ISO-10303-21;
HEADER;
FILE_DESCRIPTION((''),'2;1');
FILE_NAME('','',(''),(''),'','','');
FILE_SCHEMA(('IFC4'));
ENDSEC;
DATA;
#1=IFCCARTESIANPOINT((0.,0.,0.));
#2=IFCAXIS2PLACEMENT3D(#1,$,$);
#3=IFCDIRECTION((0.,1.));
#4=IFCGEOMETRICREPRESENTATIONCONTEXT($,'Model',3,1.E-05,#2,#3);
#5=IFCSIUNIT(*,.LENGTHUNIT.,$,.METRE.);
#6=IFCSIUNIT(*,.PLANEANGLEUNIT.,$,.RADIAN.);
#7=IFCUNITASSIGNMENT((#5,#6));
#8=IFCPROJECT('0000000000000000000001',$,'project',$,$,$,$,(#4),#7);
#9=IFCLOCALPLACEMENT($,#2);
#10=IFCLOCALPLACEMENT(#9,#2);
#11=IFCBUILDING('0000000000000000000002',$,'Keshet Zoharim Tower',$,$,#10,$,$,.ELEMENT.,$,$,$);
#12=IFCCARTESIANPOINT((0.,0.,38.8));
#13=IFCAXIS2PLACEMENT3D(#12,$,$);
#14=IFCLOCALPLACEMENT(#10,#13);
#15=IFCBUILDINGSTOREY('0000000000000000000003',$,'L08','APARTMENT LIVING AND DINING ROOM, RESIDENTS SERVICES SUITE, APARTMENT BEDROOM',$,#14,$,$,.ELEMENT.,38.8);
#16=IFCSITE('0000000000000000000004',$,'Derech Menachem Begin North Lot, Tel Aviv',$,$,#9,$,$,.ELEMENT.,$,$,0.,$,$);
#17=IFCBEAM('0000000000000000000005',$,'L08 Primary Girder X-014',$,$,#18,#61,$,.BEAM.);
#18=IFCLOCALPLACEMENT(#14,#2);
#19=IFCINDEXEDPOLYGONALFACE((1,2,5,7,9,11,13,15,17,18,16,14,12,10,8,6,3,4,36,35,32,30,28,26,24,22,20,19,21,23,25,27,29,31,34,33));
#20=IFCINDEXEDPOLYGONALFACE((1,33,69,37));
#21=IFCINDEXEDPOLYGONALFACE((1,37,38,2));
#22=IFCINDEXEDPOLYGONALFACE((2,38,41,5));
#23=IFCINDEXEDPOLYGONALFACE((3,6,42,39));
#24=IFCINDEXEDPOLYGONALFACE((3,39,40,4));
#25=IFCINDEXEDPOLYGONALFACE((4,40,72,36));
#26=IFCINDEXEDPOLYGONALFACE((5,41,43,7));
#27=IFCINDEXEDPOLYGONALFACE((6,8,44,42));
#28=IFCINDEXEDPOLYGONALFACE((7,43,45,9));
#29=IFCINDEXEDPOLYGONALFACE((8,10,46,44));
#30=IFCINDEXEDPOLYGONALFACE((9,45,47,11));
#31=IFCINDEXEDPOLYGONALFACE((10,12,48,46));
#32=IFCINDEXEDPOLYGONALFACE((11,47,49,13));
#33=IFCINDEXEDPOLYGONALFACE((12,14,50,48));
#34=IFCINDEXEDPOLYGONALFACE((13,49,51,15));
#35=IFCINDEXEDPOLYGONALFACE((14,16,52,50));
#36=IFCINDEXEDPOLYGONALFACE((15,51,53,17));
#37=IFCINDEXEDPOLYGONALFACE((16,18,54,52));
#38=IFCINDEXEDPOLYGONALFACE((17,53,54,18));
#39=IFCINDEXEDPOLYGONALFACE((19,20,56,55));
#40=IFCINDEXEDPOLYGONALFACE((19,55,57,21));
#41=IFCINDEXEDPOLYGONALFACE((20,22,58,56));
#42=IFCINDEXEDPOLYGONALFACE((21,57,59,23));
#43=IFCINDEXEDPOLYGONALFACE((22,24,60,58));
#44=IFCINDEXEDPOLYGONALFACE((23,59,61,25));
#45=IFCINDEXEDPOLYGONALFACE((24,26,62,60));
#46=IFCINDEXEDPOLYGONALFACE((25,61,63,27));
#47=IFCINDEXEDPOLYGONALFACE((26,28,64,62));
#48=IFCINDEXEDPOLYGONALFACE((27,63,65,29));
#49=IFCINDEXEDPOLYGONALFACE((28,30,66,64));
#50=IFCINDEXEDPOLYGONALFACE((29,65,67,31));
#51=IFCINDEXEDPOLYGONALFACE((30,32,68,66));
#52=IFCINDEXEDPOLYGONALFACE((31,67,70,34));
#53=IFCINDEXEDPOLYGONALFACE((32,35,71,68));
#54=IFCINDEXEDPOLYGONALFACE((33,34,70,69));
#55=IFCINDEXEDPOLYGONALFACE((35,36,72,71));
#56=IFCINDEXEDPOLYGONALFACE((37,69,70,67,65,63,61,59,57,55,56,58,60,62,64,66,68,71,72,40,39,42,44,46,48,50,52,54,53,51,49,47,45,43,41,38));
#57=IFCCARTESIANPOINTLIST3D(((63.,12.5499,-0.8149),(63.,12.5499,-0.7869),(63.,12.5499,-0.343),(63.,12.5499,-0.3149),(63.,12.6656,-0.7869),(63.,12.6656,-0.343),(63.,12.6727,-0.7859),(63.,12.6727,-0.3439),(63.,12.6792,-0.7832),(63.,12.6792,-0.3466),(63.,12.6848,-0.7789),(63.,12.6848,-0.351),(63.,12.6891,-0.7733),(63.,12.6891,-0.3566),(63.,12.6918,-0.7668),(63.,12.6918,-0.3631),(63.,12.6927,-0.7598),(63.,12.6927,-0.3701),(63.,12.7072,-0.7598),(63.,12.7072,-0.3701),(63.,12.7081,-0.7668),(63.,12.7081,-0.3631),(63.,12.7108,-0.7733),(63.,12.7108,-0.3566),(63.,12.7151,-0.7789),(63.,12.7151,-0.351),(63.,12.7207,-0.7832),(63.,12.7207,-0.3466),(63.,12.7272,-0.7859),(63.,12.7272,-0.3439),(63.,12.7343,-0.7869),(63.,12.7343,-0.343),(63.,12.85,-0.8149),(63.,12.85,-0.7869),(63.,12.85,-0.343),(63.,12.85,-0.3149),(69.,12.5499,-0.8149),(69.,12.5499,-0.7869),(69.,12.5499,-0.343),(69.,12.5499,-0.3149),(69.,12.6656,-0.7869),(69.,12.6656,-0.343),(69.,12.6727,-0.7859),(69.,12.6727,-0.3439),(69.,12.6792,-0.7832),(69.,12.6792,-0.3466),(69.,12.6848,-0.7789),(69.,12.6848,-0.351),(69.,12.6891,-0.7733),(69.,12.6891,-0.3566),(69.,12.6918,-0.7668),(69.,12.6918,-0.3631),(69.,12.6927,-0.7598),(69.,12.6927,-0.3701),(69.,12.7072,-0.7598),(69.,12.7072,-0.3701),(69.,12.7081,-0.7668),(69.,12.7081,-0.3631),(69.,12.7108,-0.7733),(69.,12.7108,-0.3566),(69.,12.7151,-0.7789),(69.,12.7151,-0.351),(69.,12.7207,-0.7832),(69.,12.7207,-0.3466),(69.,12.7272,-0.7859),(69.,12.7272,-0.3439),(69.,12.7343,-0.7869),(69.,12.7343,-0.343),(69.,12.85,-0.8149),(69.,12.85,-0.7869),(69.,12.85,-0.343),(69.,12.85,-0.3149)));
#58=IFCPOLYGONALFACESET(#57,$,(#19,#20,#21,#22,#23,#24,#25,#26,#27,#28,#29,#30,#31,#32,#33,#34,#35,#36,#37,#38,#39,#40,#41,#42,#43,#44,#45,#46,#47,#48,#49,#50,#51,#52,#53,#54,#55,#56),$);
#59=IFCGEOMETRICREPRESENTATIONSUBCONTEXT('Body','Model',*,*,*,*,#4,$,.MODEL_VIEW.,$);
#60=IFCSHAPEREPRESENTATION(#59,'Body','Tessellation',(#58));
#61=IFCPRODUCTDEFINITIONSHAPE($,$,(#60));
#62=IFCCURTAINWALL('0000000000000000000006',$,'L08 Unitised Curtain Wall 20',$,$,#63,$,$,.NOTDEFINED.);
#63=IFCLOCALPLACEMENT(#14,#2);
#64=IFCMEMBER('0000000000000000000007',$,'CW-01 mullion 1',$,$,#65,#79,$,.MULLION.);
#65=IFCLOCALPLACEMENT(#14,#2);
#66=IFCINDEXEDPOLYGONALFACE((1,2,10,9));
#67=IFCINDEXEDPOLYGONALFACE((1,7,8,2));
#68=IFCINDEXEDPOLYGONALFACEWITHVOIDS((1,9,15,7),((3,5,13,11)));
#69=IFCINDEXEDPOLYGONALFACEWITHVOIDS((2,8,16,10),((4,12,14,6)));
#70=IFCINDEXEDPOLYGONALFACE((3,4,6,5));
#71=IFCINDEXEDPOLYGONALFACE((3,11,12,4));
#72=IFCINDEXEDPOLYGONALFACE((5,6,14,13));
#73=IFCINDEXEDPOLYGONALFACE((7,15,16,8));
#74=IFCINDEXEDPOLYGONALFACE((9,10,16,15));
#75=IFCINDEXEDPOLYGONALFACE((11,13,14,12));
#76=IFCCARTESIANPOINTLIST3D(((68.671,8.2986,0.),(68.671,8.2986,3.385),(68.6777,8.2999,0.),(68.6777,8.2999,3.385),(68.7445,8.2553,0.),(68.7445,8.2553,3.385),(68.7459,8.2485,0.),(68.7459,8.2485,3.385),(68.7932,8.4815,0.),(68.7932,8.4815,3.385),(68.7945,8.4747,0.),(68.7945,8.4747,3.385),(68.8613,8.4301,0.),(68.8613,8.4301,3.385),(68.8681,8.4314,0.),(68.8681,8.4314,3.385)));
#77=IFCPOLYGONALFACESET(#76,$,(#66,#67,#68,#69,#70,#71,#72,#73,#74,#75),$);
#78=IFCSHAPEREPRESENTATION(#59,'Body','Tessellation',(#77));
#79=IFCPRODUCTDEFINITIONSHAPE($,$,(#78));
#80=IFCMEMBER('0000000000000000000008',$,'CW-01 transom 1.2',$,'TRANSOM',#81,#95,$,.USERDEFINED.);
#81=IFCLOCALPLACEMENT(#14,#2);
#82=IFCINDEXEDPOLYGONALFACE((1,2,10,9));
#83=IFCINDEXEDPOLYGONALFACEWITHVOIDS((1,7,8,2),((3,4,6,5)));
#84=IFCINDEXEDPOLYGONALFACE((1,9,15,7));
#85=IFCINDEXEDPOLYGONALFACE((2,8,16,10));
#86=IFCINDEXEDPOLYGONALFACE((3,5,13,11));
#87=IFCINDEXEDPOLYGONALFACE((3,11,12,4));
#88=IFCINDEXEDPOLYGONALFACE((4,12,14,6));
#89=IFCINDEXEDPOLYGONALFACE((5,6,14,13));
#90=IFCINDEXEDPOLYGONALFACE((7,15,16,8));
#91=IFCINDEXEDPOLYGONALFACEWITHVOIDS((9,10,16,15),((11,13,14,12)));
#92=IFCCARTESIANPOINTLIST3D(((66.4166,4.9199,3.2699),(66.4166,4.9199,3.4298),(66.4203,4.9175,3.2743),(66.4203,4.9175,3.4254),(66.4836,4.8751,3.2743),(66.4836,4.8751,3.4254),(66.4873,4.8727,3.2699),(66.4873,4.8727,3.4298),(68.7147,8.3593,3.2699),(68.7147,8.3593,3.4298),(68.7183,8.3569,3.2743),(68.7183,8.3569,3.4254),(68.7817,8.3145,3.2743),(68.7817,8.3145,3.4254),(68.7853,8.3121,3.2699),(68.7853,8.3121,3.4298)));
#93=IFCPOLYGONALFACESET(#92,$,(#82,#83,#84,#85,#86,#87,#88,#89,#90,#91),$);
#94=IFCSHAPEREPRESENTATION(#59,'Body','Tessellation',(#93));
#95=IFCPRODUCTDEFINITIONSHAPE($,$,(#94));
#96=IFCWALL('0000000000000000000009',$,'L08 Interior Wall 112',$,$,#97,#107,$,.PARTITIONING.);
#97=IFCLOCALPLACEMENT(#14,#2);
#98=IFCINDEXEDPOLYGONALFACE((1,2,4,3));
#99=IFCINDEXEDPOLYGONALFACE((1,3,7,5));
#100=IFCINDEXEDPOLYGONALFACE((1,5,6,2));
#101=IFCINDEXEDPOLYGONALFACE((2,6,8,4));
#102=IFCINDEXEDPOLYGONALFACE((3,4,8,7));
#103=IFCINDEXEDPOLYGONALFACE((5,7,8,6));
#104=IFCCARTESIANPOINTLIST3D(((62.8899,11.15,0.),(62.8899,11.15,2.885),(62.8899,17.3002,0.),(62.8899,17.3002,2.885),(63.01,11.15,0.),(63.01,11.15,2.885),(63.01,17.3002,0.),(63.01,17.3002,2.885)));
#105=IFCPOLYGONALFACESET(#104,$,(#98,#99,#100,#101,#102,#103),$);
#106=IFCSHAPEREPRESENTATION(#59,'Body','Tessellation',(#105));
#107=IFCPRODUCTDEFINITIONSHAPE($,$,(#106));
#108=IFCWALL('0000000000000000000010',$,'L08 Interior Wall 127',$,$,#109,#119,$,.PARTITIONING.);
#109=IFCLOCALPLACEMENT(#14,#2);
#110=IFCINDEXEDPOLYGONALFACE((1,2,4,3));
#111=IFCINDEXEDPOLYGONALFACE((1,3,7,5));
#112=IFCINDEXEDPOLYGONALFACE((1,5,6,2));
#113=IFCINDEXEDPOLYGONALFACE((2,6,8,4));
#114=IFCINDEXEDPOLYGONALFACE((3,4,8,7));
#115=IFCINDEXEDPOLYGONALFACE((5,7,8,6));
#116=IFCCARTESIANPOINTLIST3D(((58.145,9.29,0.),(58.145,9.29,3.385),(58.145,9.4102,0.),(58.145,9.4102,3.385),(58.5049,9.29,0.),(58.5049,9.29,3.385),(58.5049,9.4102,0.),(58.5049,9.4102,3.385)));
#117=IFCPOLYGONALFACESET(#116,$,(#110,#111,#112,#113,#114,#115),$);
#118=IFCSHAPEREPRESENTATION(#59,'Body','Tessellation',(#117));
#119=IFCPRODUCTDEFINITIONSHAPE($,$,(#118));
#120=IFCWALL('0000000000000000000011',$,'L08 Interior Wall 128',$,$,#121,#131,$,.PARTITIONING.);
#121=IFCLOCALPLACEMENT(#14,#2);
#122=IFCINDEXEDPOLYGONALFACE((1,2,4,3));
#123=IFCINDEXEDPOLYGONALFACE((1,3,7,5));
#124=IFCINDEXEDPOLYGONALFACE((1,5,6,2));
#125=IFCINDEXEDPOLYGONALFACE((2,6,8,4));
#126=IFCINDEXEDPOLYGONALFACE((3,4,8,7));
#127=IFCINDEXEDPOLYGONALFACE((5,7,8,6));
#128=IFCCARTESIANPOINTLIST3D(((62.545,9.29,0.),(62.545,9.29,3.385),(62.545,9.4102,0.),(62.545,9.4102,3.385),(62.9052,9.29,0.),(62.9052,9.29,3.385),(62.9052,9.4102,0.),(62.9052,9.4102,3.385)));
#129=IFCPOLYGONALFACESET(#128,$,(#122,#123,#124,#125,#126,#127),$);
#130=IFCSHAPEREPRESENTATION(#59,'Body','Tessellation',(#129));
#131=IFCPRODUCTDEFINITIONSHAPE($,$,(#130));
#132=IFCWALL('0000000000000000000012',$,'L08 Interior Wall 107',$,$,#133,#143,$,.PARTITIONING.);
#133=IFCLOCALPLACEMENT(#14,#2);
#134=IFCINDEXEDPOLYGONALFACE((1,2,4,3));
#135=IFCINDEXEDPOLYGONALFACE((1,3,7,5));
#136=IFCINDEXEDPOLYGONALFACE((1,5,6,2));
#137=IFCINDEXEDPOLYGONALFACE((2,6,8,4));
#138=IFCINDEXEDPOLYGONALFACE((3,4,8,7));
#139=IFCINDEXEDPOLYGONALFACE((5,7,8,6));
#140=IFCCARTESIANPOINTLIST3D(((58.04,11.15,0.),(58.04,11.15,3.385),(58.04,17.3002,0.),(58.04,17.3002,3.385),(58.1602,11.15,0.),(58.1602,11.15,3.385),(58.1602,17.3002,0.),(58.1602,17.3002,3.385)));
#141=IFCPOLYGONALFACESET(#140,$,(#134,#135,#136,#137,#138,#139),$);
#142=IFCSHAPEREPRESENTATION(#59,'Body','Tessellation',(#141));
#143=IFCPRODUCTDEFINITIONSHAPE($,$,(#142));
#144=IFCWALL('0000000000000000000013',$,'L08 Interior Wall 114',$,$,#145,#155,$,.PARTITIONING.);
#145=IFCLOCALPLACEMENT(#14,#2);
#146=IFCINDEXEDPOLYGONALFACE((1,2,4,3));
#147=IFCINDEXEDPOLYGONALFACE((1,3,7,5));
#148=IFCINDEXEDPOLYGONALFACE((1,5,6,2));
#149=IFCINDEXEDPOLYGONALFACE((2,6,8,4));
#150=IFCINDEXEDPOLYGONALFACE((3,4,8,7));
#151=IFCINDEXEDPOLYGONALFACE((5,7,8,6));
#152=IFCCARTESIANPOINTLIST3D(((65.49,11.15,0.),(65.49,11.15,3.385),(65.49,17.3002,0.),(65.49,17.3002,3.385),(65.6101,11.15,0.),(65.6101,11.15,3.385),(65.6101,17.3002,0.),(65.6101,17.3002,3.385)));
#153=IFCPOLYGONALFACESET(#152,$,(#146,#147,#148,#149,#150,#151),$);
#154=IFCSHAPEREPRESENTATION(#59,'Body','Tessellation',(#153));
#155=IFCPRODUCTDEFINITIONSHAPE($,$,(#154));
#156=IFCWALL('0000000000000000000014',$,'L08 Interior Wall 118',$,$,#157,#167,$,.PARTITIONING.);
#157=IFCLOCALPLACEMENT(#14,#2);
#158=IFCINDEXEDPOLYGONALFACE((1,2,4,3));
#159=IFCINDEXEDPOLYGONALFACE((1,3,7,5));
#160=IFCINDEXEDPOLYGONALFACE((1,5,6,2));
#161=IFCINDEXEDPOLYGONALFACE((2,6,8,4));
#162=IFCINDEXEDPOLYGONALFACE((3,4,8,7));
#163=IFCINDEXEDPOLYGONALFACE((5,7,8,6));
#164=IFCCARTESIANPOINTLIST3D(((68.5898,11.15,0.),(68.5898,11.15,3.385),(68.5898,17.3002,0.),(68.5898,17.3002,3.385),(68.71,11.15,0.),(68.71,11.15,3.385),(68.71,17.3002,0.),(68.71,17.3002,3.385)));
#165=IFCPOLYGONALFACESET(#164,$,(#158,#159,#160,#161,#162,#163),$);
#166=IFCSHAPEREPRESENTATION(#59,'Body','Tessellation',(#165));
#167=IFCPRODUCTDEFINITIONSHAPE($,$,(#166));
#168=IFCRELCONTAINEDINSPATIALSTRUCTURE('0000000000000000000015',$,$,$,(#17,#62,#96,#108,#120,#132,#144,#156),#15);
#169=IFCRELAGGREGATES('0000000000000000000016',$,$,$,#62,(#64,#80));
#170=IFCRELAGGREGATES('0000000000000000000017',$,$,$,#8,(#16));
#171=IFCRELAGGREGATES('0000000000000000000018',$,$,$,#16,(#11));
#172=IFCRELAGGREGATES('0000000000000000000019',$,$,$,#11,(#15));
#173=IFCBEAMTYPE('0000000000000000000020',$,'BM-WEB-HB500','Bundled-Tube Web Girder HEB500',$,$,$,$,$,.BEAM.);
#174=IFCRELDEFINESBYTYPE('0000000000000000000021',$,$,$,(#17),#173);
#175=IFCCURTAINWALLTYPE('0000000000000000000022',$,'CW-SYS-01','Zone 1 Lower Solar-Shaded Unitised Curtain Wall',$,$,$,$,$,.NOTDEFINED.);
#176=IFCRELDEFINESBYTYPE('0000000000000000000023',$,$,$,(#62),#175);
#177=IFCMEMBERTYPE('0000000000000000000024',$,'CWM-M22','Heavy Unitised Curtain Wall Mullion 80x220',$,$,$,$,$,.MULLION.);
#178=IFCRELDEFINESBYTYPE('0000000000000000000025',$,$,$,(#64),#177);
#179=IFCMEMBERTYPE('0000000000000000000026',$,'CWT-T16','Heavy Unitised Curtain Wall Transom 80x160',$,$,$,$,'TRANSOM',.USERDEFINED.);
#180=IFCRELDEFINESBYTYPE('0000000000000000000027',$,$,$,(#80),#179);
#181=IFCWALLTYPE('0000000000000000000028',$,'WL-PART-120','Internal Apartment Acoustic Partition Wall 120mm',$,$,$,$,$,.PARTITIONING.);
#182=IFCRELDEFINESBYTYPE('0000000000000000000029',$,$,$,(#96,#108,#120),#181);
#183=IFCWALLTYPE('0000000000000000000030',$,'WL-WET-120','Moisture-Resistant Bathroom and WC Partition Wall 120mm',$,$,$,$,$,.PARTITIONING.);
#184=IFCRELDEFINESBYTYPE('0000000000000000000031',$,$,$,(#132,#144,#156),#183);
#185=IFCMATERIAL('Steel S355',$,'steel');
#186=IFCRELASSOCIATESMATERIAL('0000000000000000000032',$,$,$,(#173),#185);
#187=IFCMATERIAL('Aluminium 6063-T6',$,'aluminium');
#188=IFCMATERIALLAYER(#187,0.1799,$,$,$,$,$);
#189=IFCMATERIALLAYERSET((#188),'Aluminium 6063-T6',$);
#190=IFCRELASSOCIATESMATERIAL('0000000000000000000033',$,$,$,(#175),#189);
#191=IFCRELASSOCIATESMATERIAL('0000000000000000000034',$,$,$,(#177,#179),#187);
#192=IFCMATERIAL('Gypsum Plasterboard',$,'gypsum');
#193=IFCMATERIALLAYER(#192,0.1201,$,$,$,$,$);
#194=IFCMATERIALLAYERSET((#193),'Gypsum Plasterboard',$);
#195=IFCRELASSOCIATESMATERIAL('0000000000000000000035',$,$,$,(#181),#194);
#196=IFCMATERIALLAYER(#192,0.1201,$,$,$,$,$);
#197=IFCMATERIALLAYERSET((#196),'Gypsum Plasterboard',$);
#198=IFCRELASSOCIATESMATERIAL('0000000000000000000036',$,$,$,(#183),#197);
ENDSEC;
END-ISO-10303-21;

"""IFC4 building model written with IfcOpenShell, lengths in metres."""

from ifc_helpers import new_model, si_unit, direction, frame, frame_2d, origin, origin_2d, place, context, subcontext, project, spatial, rectangle, hollow_rectangle, i_section, extrude, material, layer, layer_set, material_profile, profile_set, type_object, element, aggregate, save


model = new_model("IFC4")

# Units and contexts
model_context = context("Model", 3, precision=1e-05, world=origin(), true_north=direction((0.0, 1.0)))
body_context = subcontext(model_context, "Body", "Model", "MODEL_VIEW")
ifc_project = project(units=[si_unit("LENGTHUNIT", "METRE"), si_unit("PLANEANGLEUNIT", "RADIAN")], contexts=[model_context])

# Site, building, storey
site_placement = place(None, origin())
site = spatial("IfcSite", under=ifc_project, at=site_placement, Name="Derech Menachem Begin North Lot, Tel Aviv", CompositionType="ELEMENT", RefElevation=0.0)
building_placement = place(site_placement, origin())
building = spatial("IfcBuilding", under=site, at=building_placement, Name="Keshet Zoharim Tower", CompositionType="ELEMENT")
storey_placement = place(building_placement, frame((0.0, 0.0, 38.8)))
storey = spatial("IfcBuildingStorey", under=building, at=storey_placement, Name="L08", Description="APARTMENT LIVING AND DINING ROOM, RESIDENTS SERVICES SUITE, APARTMENT BEDROOM", CompositionType="ELEMENT", Elevation=38.8)

# Beam
ifc_material_1 = material(Name="Steel S355", Category="steel")
ifc_material_profile_1 = material_profile(ifc_material_1, i_section(OverallWidth=0.3, OverallDepth=0.5, WebThickness=0.0144, FlangeThickness=0.0281, FilletRadius=0.0271, at=origin_2d()), Name="HEB500")
ifc_profile_set_1 = profile_set([ifc_material_profile_1], Name="Steel S355")
beam_type_1 = type_object("IfcBeamType", Name="BM-WEB-HB500", Description="Bundled-Tube Web Girder HEB500", PredefinedType="BEAM", material=ifc_profile_set_1)
for number, where, z_axis, x_axis, name in (
    (1, (63.0, 12.7, -0.5649), (1.0, 0.0, 0.0), (0.0, 1.0, 0.0), "L08 Primary Girder X-014"),
):
    element("IfcBeam", number, at=place(storey_placement, frame(where, z_axis=z_axis, x_axis=x_axis)), inside=storey, type_object=beam_type_1, Name=name, PredefinedType="BEAM", context=body_context, shape_type="SweptSolid", body=[
        extrude(i_section(OverallWidth=0.3, OverallDepth=0.5, WebThickness=0.0144, FlangeThickness=0.0281, FilletRadius=0.0271, at=origin_2d()), origin(), (0.0, 0.0, 1.0), 6.0),
    ])

# Curtain wall, members
ifc_material_2 = material(Name="Aluminium 6063-T6", Category="aluminium")
ifc_layer_1 = layer(ifc_material_2, 0.1799)
ifc_layer_set_1 = layer_set([ifc_layer_1], Name="Aluminium 6063-T6")
curtain_wall_type = type_object("IfcCurtainWallType", Name="CW-SYS-01", Description="Zone 1 Lower Solar-Shaded Unitised Curtain Wall", PredefinedType="NOTDEFINED", material=ifc_layer_set_1)
curtain_wall_placement = place(storey_placement, origin())
curtain_wall = element("IfcCurtainWall", 2, at=curtain_wall_placement, inside=storey, type_object=curtain_wall_type, Name="L08 Unitised Curtain Wall 20", PredefinedType="NOTDEFINED")
ifc_material_profile_2 = material_profile(ifc_material_2, hollow_rectangle(XDim=0.0901, YDim=0.22, WallThickness=0.0049, at=origin_2d()), Name="MUL-90x220")
ifc_profile_set_2 = profile_set([ifc_material_profile_2], Name="Aluminium 6063-T6")
member_type_1 = type_object("IfcMemberType", Name="CWM-M22", Description="Heavy Unitised Curtain Wall Mullion 80x220", PredefinedType="MULLION", material=ifc_profile_set_2)
member_1_placement = place(storey_placement, frame((68.7695, 8.365, 0.0), z_axis=(0.0, 0.0, 1.0), x_axis=(0.831474, -0.555563, 0.0)))
member_1 = element("IfcMember", 3, at=member_1_placement, type_object=member_type_1, Name="CW-01 mullion 1", PredefinedType="MULLION", context=body_context, shape_type="SweptSolid", body=[
    extrude(hollow_rectangle(XDim=0.0901, YDim=0.22, WallThickness=0.0049, at=origin_2d()), origin(), (0.0, 0.0, 1.0), 3.385),
])
ifc_material_profile_3 = material_profile(ifc_material_2, hollow_rectangle(XDim=0.085, YDim=0.1599, WallThickness=0.0044, at=origin_2d()), Name="TRN-85x160")
ifc_profile_set_3 = profile_set([ifc_material_profile_3], Name="Aluminium 6063-T6")
member_type_2 = type_object("IfcMemberType", Name="CWT-T16", Description="Heavy Unitised Curtain Wall Transom 80x160", ElementType="TRANSOM", PredefinedType="USERDEFINED", material=ifc_profile_set_3)
member_2_placement = place(storey_placement, frame((68.75, 8.3357, 3.3499), z_axis=(-0.555558, -0.831478, 0.0), x_axis=(0.831478, -0.555558, 0.0)))
member_2 = element("IfcMember", 4, at=member_2_placement, type_object=member_type_2, Name="CW-01 transom 1.2", ObjectType="TRANSOM", PredefinedType="USERDEFINED", context=body_context, shape_type="SweptSolid", body=[
    extrude(hollow_rectangle(XDim=0.085, YDim=0.1599, WallThickness=0.0044, at=origin_2d()), origin(), (0.0, 0.0, 1.0), 4.1365),
])
aggregate(curtain_wall, [member_1, member_2])

# Shared definitions
ifc_material_3 = material(Name="Gypsum Plasterboard", Category="gypsum")

# Walls
ifc_layer_2 = layer(ifc_material_3, 0.1201)
ifc_layer_set_2 = layer_set([ifc_layer_2], Name="Gypsum Plasterboard")
wall_type_1 = type_object("IfcWallType", Name="WL-PART-120", Description="Internal Apartment Acoustic Partition Wall 120mm", PredefinedType="PARTITIONING", material=ifc_layer_set_2)
wall_1_placement = place(storey_placement, frame((62.95, 11.1499, 0.0), z_axis=(0.0, 0.0, 1.0), x_axis=(0.0, 1.0, 0.0)))
element("IfcWall", 5, at=wall_1_placement, inside=storey, type_object=wall_type_1, Name="L08 Interior Wall 112", PredefinedType="PARTITIONING", context=body_context, shape_type="SweptSolid", body=[
    extrude(rectangle(XDim=6.1501, YDim=0.1201, at=frame_2d((3.0752, 0.0))), origin(), (0.0, 0.0, 1.0), 2.885),
])
wall_2_placement = place(storey_placement, frame((58.145, 9.3501, 0.0), z_axis=(0.0, 0.0, 1.0), x_axis=(1.0, 0.0, 0.0)))
element("IfcWall", 6, at=wall_2_placement, inside=storey, type_object=wall_type_1, Name="L08 Interior Wall 127", PredefinedType="PARTITIONING", context=body_context, shape_type="SweptSolid", body=[
    extrude(rectangle(XDim=0.3599, YDim=0.1201, at=frame_2d((0.1799, 0.0))), origin(), (0.0, 0.0, 1.0), 3.385),
])
wall_3_placement = place(storey_placement, frame((62.5449, 9.3501, 0.0), z_axis=(0.0, 0.0, 1.0), x_axis=(1.0, 0.0, 0.0)))
element("IfcWall", 7, at=wall_3_placement, inside=storey, type_object=wall_type_1, Name="L08 Interior Wall 128", PredefinedType="PARTITIONING", context=body_context, shape_type="SweptSolid", body=[
    extrude(rectangle(XDim=0.3601, YDim=0.1201, at=frame_2d((0.1802, 0.0))), origin(), (0.0, 0.0, 1.0), 3.385),
])

# Walls
ifc_layer_3 = layer(ifc_material_3, 0.1201)
ifc_layer_set_3 = layer_set([ifc_layer_3], Name="Gypsum Plasterboard")
wall_type_2 = type_object("IfcWallType", Name="WL-WET-120", Description="Moisture-Resistant Bathroom and WC Partition Wall 120mm", PredefinedType="PARTITIONING", material=ifc_layer_set_3)
for number, where, z_axis, x_axis, name in (
    (8, (58.1001, 11.1499, 0.0), (0.0, 0.0, 1.0), (0.0, 1.0, 0.0), "L08 Interior Wall 107"),
    (9, (65.55, 11.1499, 0.0), (0.0, 0.0, 1.0), (0.0, 1.0, 0.0), "L08 Interior Wall 114"),
    (10, (68.6499, 11.1499, 0.0), (0.0, 0.0, 1.0), (0.0, 1.0, 0.0), "L08 Interior Wall 118"),
):
    element("IfcWall", number, at=place(storey_placement, frame(where, z_axis=z_axis, x_axis=x_axis)), inside=storey, type_object=wall_type_2, Name=name, PredefinedType="PARTITIONING", context=body_context, shape_type="SweptSolid", body=[
        extrude(rectangle(XDim=6.1501, YDim=0.1201, at=frame_2d((3.0752, 0.0))), origin(), (0.0, 0.0, 1.0), 3.385),
    ])

save(model, "model.ifc")
